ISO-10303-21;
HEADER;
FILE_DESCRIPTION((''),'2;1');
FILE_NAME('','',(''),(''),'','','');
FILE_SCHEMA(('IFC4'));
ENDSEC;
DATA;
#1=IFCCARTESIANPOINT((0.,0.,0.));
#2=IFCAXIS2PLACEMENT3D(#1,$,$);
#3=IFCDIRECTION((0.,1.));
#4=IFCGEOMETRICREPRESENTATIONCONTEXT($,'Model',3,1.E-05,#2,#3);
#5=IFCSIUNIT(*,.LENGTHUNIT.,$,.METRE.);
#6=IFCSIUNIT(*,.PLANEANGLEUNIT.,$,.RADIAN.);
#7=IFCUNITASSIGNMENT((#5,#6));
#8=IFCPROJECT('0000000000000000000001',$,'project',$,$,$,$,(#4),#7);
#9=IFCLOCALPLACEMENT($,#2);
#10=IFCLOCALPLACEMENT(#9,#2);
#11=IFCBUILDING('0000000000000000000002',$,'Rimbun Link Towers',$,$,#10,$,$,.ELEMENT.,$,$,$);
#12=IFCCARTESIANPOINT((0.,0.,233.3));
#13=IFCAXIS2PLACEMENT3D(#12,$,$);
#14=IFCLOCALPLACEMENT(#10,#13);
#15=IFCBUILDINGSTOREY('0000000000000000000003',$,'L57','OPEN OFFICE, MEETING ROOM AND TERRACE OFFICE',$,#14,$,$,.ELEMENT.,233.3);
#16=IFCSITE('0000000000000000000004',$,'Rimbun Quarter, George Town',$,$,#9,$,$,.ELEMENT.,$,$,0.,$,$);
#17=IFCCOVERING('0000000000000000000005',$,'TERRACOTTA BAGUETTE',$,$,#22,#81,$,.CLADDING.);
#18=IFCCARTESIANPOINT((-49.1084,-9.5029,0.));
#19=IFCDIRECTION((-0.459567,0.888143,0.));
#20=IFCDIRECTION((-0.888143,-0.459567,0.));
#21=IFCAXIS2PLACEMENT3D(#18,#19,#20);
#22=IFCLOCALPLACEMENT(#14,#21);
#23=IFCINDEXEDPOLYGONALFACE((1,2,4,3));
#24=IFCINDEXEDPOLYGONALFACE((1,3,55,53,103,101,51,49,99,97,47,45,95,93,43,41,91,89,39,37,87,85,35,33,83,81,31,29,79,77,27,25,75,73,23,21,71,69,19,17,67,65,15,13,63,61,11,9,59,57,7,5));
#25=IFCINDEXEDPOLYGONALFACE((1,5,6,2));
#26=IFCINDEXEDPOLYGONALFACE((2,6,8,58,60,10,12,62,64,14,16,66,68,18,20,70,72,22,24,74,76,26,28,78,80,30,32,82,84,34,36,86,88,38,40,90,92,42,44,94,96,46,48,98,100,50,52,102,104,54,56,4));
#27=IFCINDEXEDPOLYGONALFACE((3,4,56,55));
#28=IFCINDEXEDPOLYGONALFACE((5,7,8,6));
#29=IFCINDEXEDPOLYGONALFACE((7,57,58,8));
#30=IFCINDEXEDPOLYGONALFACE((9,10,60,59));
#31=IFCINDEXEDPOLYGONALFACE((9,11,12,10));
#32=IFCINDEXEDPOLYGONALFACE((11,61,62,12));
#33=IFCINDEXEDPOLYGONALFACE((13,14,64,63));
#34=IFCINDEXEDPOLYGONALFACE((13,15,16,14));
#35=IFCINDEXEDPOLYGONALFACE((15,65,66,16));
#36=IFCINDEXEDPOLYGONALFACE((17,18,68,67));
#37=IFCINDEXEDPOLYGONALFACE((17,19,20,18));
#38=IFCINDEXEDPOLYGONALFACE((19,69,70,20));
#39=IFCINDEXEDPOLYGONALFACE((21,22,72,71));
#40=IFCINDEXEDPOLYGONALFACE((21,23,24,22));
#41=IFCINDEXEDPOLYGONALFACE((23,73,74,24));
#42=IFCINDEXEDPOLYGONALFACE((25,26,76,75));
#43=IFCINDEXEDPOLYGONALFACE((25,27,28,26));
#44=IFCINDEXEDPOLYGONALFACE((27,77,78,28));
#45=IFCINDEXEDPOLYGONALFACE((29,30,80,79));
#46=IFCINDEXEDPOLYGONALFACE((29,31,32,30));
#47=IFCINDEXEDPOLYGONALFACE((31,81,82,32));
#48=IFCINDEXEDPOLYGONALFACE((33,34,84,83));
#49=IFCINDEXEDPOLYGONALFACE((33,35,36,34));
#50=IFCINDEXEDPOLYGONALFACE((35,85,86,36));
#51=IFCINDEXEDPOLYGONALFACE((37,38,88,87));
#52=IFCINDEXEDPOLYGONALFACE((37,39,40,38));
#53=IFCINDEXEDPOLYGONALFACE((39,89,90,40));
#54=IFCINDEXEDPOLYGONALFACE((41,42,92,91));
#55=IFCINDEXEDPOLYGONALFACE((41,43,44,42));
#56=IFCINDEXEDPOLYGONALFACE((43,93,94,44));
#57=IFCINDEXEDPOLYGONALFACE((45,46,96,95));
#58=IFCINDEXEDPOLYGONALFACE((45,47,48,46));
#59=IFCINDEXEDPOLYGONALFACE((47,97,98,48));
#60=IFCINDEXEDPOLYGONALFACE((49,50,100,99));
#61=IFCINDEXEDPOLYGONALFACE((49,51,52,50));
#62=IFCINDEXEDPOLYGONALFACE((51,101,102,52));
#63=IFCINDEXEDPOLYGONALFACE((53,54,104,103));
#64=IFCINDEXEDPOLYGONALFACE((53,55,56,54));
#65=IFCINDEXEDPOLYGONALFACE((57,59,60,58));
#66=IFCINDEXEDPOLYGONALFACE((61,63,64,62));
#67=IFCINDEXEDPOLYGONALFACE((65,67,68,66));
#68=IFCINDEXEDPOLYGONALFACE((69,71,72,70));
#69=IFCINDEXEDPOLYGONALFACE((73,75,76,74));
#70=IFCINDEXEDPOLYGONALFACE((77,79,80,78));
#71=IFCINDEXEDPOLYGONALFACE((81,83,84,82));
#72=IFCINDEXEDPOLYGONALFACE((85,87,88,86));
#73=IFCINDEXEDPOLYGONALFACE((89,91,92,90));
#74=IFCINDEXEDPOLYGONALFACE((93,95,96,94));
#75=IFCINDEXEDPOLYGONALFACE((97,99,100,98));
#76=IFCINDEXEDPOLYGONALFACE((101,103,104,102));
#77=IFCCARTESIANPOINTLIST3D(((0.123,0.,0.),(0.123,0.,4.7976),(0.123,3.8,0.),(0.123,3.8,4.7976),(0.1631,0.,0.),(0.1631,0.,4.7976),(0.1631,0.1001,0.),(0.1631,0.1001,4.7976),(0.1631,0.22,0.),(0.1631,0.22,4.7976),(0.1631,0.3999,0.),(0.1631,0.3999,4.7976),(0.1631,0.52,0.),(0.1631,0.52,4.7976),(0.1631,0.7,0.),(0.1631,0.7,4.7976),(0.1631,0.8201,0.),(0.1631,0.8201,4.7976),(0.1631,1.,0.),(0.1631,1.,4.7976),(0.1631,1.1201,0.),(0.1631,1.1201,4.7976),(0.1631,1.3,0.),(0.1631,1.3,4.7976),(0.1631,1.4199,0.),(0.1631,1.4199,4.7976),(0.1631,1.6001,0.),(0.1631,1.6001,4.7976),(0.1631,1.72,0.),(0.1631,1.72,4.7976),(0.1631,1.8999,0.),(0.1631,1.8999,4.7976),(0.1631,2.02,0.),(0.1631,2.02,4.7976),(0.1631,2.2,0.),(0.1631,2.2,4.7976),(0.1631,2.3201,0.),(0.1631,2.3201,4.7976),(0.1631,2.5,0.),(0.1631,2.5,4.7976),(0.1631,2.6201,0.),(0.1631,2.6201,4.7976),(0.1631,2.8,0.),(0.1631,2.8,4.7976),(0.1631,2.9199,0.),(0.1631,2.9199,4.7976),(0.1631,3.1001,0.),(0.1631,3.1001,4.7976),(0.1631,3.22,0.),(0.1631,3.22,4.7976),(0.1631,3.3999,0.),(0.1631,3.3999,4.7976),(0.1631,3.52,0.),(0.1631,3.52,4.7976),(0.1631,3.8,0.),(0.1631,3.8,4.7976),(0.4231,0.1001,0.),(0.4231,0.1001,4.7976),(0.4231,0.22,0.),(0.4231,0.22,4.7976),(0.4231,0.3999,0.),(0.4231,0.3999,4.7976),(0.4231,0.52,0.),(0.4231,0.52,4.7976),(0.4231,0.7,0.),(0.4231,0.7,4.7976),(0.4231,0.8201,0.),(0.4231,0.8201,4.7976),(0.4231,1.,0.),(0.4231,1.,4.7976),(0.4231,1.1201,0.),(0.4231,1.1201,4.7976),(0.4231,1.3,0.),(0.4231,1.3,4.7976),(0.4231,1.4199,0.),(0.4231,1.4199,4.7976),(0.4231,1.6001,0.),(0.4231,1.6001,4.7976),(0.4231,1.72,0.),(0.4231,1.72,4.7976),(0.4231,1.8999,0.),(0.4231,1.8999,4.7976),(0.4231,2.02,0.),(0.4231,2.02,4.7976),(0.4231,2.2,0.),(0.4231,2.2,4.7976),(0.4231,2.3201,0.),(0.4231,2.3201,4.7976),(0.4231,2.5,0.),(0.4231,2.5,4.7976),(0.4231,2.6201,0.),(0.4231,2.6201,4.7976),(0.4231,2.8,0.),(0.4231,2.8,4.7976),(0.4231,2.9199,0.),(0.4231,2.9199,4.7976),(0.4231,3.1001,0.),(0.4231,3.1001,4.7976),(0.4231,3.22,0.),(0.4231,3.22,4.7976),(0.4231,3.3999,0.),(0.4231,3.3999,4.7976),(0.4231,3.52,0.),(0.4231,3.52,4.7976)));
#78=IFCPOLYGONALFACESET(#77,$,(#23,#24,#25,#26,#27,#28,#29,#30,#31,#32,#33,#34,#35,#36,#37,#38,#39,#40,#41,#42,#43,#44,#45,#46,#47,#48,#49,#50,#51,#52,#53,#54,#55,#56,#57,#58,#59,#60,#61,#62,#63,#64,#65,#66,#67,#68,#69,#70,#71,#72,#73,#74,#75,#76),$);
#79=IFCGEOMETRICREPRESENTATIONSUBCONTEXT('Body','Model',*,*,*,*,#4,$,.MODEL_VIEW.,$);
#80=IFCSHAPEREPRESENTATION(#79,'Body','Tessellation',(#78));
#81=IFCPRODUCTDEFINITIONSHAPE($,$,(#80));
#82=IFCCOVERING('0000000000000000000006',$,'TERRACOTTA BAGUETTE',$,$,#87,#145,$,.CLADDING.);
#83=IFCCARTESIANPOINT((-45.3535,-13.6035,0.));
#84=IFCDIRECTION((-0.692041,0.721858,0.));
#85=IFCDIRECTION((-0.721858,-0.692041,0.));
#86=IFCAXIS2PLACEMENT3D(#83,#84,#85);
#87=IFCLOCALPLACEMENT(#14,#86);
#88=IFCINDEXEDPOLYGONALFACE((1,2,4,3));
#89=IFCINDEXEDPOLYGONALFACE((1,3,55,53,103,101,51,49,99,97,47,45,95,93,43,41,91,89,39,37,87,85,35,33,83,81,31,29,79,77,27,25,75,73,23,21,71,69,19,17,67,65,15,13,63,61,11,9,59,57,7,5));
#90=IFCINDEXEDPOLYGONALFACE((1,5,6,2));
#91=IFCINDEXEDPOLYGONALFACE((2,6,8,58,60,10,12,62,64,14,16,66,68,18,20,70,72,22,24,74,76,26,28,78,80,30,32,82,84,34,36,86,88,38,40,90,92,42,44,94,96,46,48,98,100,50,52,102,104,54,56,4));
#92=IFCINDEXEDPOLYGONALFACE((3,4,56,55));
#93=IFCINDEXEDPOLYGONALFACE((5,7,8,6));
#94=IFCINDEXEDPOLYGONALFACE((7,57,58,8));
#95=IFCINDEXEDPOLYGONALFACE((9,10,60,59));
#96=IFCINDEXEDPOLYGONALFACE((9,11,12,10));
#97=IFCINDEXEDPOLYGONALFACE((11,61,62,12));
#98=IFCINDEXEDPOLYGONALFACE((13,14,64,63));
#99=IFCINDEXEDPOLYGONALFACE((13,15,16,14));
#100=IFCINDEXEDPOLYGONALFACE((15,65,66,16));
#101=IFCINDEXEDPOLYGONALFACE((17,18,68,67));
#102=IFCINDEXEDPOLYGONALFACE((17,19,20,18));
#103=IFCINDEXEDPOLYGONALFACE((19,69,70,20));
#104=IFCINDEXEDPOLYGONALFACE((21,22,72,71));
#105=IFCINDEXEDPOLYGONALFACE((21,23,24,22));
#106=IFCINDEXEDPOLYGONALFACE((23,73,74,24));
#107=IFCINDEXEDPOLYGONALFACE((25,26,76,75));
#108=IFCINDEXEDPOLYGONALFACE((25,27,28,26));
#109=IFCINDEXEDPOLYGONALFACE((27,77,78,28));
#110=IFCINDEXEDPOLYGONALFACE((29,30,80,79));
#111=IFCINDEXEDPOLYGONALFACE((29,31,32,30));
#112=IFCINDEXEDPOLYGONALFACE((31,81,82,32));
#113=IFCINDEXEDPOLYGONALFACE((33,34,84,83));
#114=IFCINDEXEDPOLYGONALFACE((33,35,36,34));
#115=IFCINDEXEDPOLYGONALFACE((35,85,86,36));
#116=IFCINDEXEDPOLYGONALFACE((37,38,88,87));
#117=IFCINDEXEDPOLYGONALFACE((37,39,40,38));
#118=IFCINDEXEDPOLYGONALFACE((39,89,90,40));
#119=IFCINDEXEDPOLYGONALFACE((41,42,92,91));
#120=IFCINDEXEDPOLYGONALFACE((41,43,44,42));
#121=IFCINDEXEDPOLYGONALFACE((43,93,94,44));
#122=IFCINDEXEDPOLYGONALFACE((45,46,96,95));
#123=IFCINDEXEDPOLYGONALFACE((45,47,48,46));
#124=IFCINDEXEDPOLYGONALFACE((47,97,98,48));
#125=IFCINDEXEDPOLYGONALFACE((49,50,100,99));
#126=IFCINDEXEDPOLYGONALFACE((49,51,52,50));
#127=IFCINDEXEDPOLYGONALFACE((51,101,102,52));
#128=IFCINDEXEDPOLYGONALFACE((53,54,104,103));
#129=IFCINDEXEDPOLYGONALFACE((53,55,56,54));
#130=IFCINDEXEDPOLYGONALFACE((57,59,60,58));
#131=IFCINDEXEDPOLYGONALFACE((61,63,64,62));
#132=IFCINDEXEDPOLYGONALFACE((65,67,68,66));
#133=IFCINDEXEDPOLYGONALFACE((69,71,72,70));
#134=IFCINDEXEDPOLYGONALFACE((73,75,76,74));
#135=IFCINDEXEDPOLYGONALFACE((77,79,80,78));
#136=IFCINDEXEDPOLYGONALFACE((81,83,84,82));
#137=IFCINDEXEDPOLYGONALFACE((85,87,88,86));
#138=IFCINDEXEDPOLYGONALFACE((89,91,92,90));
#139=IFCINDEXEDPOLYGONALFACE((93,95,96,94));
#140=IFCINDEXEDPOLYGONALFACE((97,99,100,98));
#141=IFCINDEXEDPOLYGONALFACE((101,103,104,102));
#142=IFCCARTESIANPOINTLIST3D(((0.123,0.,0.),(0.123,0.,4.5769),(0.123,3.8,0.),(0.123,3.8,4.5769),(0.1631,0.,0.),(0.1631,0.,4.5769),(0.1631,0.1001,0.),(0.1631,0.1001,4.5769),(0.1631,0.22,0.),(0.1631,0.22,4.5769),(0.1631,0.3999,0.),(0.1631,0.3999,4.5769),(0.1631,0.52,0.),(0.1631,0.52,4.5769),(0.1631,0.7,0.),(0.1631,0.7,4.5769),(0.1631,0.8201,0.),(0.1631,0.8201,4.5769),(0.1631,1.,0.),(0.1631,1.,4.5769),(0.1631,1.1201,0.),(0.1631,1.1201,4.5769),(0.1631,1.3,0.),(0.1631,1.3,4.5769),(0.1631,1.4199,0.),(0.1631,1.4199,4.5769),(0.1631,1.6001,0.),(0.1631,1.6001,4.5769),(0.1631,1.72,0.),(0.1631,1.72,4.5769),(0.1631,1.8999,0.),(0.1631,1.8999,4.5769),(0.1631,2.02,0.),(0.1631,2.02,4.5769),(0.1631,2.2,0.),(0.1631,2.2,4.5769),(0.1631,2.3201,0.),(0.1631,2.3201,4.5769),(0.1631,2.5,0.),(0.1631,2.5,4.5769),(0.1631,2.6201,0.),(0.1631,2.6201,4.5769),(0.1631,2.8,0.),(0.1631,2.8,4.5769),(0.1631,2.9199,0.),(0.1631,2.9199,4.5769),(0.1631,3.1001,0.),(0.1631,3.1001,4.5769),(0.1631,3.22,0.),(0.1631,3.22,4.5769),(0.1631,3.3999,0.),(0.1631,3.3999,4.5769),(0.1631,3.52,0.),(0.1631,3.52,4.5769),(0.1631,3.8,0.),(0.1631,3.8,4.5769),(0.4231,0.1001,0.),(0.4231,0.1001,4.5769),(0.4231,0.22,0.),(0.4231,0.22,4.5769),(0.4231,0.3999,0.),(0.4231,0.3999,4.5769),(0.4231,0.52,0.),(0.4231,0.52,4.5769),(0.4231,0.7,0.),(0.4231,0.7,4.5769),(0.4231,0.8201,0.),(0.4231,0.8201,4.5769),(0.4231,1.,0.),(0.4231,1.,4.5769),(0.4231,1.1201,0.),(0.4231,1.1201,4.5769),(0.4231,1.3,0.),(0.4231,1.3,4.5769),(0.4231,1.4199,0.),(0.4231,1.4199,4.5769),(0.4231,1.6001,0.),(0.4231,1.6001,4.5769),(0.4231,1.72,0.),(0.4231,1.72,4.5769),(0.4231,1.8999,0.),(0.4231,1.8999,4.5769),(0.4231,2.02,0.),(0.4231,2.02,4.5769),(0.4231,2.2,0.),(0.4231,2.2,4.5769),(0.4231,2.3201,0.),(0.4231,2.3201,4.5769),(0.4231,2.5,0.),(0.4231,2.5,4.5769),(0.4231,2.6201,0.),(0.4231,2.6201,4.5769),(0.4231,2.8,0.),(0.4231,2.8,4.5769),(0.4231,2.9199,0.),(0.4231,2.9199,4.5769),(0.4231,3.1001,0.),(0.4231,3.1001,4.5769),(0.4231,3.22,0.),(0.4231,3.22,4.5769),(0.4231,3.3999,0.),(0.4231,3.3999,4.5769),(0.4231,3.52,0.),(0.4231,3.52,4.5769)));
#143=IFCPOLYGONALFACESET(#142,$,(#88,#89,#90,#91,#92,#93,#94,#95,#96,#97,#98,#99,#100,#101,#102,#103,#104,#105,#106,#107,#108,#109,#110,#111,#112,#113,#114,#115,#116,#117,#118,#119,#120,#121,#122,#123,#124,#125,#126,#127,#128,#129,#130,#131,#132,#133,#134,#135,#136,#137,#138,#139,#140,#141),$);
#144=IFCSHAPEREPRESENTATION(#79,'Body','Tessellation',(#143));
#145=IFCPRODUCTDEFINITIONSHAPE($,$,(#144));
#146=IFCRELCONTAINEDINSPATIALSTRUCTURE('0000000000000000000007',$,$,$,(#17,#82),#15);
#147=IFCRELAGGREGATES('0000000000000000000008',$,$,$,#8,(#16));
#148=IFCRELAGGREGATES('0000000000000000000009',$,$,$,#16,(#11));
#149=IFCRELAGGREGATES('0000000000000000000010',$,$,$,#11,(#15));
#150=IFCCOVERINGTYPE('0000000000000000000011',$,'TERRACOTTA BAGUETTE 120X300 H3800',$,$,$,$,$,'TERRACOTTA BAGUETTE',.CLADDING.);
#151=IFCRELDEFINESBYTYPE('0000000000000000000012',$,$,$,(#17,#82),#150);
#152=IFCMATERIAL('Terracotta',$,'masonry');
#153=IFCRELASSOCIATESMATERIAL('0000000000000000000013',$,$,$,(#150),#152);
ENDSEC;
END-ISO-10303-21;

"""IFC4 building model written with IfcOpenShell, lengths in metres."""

from ifc_helpers import new_model, si_unit, direction, frame, origin, place, context, subcontext, project, spatial, polyline, outline, extrude, material, material_profile, profile_set, type_object, element, save


model = new_model("IFC4")

# Units and contexts
model_context = context("Model", 3, precision=1e-05, world=origin(), true_north=direction((0.0, 1.0)))
body_context = subcontext(model_context, "Body", "Model", "MODEL_VIEW")
ifc_project = project(units=[si_unit("LENGTHUNIT", "METRE"), si_unit("PLANEANGLEUNIT", "RADIAN")], contexts=[model_context])

# Site, building, storey
site_placement = place(None, origin())
site = spatial("IfcSite", under=ifc_project, at=site_placement, Name="Rimbun Quarter, George Town", CompositionType="ELEMENT", RefElevation=0.0)
building_placement = place(site_placement, origin())
building = spatial("IfcBuilding", under=site, at=building_placement, Name="Rimbun Link Towers", CompositionType="ELEMENT")
storey_placement = place(building_placement, frame((0.0, 0.0, 233.3)))
storey = spatial("IfcBuildingStorey", under=building, at=storey_placement, Name="L57", Description="OPEN OFFICE, MEETING ROOM AND TERRACE OFFICE", CompositionType="ELEMENT", Elevation=233.3)

# Coverings
ifc_material_1 = material(Name="Terracotta", Category="masonry")
ifc_material_profile_1 = material_profile(ifc_material_1, outline(polyline([(0.123, 0.0), (0.1631, 0.0), (0.1631, 0.1001), (0.4231, 0.1001), (0.4231, 0.22), (0.1631, 0.22), (0.1631, 0.3999), (0.4231, 0.3999), (0.4231, 0.52), (0.1631, 0.52), (0.1631, 0.7), (0.4231, 0.7), (0.4231, 0.8201), (0.1631, 0.8201), (0.1631, 1.0), (0.4231, 1.0), (0.4231, 1.1201), (0.1631, 1.1201), (0.1631, 1.3), (0.4231, 1.3), (0.4231, 1.4199), (0.1631, 1.4199), (0.1631, 1.6001), (0.4231, 1.6001), (0.4231, 1.72), (0.1631, 1.72), (0.1631, 1.8999), (0.4231, 1.8999), (0.4231, 2.02), (0.1631, 2.02), (0.1631, 2.2), (0.4231, 2.2), (0.4231, 2.3201), (0.1631, 2.3201), (0.1631, 2.5), (0.4231, 2.5), (0.4231, 2.6201), (0.1631, 2.6201), (0.1631, 2.8), (0.4231, 2.8), (0.4231, 2.9199), (0.1631, 2.9199), (0.1631, 3.1001), (0.4231, 3.1001), (0.4231, 3.22), (0.1631, 3.22), (0.1631, 3.3999), (0.4231, 3.3999), (0.4231, 3.52), (0.1631, 3.52), (0.1631, 3.8), (0.123, 3.8), (0.123, 0.0)])), Name="BAGUETTE 120X300")
ifc_profile_set_1 = profile_set([ifc_material_profile_1], Name="Terracotta")
covering_type = type_object("IfcCoveringType", Name="TERRACOTTA BAGUETTE 120X300 H3800", ElementType="TERRACOTTA BAGUETTE", PredefinedType="CLADDING", material=ifc_profile_set_1)
covering_1_placement = place(storey_placement, frame((-49.1084, -9.5029, 0.0), z_axis=(-0.459567, 0.888143, 0.0), x_axis=(-0.888143, -0.459567, 0.0)))
element("IfcCovering", 1, at=covering_1_placement, inside=storey, type_object=covering_type, Name="TERRACOTTA BAGUETTE", PredefinedType="CLADDING", context=body_context, shape_type="SweptSolid", body=[
    extrude(outline(polyline([(0.123, 0.0), (0.1631, 0.0), (0.1631, 0.1001), (0.4231, 0.1001), (0.4231, 0.22), (0.1631, 0.22), (0.1631, 0.3999), (0.4231, 0.3999), (0.4231, 0.52), (0.1631, 0.52), (0.1631, 0.7), (0.4231, 0.7), (0.4231, 0.8201), (0.1631, 0.8201), (0.1631, 1.0), (0.4231, 1.0), (0.4231, 1.1201), (0.1631, 1.1201), (0.1631, 1.3), (0.4231, 1.3), (0.4231, 1.4199), (0.1631, 1.4199), (0.1631, 1.6001), (0.4231, 1.6001), (0.4231, 1.72), (0.1631, 1.72), (0.1631, 1.8999), (0.4231, 1.8999), (0.4231, 2.02), (0.1631, 2.02), (0.1631, 2.2), (0.4231, 2.2), (0.4231, 2.3201), (0.1631, 2.3201), (0.1631, 2.5), (0.4231, 2.5), (0.4231, 2.6201), (0.1631, 2.6201), (0.1631, 2.8), (0.4231, 2.8), (0.4231, 2.9199), (0.1631, 2.9199), (0.1631, 3.1001), (0.4231, 3.1001), (0.4231, 3.22), (0.1631, 3.22), (0.1631, 3.3999), (0.4231, 3.3999), (0.4231, 3.52), (0.1631, 3.52), (0.1631, 3.8), (0.123, 3.8), (0.123, 0.0)])), origin(), (0.0, 0.0, 1.0), 4.7976),
])
covering_2_placement = place(storey_placement, frame((-45.3535, -13.6035, 0.0), z_axis=(-0.692041, 0.721858, 0.0), x_axis=(-0.721858, -0.692041, 0.0)))
element("IfcCovering", 2, at=covering_2_placement, inside=storey, type_object=covering_type, Name="TERRACOTTA BAGUETTE", PredefinedType="CLADDING", context=body_context, shape_type="SweptSolid", body=[
    extrude(outline(polyline([(0.123, 0.0), (0.1631, 0.0), (0.1631, 0.1001), (0.4231, 0.1001), (0.4231, 0.22), (0.1631, 0.22), (0.1631, 0.3999), (0.4231, 0.3999), (0.4231, 0.52), (0.1631, 0.52), (0.1631, 0.7), (0.4231, 0.7), (0.4231, 0.8201), (0.1631, 0.8201), (0.1631, 1.0), (0.4231, 1.0), (0.4231, 1.1201), (0.1631, 1.1201), (0.1631, 1.3), (0.4231, 1.3), (0.4231, 1.4199), (0.1631, 1.4199), (0.1631, 1.6001), (0.4231, 1.6001), (0.4231, 1.72), (0.1631, 1.72), (0.1631, 1.8999), (0.4231, 1.8999), (0.4231, 2.02), (0.1631, 2.02), (0.1631, 2.2), (0.4231, 2.2), (0.4231, 2.3201), (0.1631, 2.3201), (0.1631, 2.5), (0.4231, 2.5), (0.4231, 2.6201), (0.1631, 2.6201), (0.1631, 2.8), (0.4231, 2.8), (0.4231, 2.9199), (0.1631, 2.9199), (0.1631, 3.1001), (0.4231, 3.1001), (0.4231, 3.22), (0.1631, 3.22), (0.1631, 3.3999), (0.4231, 3.3999), (0.4231, 3.52), (0.1631, 3.52), (0.1631, 3.8), (0.123, 3.8), (0.123, 0.0)])), origin(), (0.0, 0.0, 1.0), 4.5769),
])

save(model, "model.ifc")
